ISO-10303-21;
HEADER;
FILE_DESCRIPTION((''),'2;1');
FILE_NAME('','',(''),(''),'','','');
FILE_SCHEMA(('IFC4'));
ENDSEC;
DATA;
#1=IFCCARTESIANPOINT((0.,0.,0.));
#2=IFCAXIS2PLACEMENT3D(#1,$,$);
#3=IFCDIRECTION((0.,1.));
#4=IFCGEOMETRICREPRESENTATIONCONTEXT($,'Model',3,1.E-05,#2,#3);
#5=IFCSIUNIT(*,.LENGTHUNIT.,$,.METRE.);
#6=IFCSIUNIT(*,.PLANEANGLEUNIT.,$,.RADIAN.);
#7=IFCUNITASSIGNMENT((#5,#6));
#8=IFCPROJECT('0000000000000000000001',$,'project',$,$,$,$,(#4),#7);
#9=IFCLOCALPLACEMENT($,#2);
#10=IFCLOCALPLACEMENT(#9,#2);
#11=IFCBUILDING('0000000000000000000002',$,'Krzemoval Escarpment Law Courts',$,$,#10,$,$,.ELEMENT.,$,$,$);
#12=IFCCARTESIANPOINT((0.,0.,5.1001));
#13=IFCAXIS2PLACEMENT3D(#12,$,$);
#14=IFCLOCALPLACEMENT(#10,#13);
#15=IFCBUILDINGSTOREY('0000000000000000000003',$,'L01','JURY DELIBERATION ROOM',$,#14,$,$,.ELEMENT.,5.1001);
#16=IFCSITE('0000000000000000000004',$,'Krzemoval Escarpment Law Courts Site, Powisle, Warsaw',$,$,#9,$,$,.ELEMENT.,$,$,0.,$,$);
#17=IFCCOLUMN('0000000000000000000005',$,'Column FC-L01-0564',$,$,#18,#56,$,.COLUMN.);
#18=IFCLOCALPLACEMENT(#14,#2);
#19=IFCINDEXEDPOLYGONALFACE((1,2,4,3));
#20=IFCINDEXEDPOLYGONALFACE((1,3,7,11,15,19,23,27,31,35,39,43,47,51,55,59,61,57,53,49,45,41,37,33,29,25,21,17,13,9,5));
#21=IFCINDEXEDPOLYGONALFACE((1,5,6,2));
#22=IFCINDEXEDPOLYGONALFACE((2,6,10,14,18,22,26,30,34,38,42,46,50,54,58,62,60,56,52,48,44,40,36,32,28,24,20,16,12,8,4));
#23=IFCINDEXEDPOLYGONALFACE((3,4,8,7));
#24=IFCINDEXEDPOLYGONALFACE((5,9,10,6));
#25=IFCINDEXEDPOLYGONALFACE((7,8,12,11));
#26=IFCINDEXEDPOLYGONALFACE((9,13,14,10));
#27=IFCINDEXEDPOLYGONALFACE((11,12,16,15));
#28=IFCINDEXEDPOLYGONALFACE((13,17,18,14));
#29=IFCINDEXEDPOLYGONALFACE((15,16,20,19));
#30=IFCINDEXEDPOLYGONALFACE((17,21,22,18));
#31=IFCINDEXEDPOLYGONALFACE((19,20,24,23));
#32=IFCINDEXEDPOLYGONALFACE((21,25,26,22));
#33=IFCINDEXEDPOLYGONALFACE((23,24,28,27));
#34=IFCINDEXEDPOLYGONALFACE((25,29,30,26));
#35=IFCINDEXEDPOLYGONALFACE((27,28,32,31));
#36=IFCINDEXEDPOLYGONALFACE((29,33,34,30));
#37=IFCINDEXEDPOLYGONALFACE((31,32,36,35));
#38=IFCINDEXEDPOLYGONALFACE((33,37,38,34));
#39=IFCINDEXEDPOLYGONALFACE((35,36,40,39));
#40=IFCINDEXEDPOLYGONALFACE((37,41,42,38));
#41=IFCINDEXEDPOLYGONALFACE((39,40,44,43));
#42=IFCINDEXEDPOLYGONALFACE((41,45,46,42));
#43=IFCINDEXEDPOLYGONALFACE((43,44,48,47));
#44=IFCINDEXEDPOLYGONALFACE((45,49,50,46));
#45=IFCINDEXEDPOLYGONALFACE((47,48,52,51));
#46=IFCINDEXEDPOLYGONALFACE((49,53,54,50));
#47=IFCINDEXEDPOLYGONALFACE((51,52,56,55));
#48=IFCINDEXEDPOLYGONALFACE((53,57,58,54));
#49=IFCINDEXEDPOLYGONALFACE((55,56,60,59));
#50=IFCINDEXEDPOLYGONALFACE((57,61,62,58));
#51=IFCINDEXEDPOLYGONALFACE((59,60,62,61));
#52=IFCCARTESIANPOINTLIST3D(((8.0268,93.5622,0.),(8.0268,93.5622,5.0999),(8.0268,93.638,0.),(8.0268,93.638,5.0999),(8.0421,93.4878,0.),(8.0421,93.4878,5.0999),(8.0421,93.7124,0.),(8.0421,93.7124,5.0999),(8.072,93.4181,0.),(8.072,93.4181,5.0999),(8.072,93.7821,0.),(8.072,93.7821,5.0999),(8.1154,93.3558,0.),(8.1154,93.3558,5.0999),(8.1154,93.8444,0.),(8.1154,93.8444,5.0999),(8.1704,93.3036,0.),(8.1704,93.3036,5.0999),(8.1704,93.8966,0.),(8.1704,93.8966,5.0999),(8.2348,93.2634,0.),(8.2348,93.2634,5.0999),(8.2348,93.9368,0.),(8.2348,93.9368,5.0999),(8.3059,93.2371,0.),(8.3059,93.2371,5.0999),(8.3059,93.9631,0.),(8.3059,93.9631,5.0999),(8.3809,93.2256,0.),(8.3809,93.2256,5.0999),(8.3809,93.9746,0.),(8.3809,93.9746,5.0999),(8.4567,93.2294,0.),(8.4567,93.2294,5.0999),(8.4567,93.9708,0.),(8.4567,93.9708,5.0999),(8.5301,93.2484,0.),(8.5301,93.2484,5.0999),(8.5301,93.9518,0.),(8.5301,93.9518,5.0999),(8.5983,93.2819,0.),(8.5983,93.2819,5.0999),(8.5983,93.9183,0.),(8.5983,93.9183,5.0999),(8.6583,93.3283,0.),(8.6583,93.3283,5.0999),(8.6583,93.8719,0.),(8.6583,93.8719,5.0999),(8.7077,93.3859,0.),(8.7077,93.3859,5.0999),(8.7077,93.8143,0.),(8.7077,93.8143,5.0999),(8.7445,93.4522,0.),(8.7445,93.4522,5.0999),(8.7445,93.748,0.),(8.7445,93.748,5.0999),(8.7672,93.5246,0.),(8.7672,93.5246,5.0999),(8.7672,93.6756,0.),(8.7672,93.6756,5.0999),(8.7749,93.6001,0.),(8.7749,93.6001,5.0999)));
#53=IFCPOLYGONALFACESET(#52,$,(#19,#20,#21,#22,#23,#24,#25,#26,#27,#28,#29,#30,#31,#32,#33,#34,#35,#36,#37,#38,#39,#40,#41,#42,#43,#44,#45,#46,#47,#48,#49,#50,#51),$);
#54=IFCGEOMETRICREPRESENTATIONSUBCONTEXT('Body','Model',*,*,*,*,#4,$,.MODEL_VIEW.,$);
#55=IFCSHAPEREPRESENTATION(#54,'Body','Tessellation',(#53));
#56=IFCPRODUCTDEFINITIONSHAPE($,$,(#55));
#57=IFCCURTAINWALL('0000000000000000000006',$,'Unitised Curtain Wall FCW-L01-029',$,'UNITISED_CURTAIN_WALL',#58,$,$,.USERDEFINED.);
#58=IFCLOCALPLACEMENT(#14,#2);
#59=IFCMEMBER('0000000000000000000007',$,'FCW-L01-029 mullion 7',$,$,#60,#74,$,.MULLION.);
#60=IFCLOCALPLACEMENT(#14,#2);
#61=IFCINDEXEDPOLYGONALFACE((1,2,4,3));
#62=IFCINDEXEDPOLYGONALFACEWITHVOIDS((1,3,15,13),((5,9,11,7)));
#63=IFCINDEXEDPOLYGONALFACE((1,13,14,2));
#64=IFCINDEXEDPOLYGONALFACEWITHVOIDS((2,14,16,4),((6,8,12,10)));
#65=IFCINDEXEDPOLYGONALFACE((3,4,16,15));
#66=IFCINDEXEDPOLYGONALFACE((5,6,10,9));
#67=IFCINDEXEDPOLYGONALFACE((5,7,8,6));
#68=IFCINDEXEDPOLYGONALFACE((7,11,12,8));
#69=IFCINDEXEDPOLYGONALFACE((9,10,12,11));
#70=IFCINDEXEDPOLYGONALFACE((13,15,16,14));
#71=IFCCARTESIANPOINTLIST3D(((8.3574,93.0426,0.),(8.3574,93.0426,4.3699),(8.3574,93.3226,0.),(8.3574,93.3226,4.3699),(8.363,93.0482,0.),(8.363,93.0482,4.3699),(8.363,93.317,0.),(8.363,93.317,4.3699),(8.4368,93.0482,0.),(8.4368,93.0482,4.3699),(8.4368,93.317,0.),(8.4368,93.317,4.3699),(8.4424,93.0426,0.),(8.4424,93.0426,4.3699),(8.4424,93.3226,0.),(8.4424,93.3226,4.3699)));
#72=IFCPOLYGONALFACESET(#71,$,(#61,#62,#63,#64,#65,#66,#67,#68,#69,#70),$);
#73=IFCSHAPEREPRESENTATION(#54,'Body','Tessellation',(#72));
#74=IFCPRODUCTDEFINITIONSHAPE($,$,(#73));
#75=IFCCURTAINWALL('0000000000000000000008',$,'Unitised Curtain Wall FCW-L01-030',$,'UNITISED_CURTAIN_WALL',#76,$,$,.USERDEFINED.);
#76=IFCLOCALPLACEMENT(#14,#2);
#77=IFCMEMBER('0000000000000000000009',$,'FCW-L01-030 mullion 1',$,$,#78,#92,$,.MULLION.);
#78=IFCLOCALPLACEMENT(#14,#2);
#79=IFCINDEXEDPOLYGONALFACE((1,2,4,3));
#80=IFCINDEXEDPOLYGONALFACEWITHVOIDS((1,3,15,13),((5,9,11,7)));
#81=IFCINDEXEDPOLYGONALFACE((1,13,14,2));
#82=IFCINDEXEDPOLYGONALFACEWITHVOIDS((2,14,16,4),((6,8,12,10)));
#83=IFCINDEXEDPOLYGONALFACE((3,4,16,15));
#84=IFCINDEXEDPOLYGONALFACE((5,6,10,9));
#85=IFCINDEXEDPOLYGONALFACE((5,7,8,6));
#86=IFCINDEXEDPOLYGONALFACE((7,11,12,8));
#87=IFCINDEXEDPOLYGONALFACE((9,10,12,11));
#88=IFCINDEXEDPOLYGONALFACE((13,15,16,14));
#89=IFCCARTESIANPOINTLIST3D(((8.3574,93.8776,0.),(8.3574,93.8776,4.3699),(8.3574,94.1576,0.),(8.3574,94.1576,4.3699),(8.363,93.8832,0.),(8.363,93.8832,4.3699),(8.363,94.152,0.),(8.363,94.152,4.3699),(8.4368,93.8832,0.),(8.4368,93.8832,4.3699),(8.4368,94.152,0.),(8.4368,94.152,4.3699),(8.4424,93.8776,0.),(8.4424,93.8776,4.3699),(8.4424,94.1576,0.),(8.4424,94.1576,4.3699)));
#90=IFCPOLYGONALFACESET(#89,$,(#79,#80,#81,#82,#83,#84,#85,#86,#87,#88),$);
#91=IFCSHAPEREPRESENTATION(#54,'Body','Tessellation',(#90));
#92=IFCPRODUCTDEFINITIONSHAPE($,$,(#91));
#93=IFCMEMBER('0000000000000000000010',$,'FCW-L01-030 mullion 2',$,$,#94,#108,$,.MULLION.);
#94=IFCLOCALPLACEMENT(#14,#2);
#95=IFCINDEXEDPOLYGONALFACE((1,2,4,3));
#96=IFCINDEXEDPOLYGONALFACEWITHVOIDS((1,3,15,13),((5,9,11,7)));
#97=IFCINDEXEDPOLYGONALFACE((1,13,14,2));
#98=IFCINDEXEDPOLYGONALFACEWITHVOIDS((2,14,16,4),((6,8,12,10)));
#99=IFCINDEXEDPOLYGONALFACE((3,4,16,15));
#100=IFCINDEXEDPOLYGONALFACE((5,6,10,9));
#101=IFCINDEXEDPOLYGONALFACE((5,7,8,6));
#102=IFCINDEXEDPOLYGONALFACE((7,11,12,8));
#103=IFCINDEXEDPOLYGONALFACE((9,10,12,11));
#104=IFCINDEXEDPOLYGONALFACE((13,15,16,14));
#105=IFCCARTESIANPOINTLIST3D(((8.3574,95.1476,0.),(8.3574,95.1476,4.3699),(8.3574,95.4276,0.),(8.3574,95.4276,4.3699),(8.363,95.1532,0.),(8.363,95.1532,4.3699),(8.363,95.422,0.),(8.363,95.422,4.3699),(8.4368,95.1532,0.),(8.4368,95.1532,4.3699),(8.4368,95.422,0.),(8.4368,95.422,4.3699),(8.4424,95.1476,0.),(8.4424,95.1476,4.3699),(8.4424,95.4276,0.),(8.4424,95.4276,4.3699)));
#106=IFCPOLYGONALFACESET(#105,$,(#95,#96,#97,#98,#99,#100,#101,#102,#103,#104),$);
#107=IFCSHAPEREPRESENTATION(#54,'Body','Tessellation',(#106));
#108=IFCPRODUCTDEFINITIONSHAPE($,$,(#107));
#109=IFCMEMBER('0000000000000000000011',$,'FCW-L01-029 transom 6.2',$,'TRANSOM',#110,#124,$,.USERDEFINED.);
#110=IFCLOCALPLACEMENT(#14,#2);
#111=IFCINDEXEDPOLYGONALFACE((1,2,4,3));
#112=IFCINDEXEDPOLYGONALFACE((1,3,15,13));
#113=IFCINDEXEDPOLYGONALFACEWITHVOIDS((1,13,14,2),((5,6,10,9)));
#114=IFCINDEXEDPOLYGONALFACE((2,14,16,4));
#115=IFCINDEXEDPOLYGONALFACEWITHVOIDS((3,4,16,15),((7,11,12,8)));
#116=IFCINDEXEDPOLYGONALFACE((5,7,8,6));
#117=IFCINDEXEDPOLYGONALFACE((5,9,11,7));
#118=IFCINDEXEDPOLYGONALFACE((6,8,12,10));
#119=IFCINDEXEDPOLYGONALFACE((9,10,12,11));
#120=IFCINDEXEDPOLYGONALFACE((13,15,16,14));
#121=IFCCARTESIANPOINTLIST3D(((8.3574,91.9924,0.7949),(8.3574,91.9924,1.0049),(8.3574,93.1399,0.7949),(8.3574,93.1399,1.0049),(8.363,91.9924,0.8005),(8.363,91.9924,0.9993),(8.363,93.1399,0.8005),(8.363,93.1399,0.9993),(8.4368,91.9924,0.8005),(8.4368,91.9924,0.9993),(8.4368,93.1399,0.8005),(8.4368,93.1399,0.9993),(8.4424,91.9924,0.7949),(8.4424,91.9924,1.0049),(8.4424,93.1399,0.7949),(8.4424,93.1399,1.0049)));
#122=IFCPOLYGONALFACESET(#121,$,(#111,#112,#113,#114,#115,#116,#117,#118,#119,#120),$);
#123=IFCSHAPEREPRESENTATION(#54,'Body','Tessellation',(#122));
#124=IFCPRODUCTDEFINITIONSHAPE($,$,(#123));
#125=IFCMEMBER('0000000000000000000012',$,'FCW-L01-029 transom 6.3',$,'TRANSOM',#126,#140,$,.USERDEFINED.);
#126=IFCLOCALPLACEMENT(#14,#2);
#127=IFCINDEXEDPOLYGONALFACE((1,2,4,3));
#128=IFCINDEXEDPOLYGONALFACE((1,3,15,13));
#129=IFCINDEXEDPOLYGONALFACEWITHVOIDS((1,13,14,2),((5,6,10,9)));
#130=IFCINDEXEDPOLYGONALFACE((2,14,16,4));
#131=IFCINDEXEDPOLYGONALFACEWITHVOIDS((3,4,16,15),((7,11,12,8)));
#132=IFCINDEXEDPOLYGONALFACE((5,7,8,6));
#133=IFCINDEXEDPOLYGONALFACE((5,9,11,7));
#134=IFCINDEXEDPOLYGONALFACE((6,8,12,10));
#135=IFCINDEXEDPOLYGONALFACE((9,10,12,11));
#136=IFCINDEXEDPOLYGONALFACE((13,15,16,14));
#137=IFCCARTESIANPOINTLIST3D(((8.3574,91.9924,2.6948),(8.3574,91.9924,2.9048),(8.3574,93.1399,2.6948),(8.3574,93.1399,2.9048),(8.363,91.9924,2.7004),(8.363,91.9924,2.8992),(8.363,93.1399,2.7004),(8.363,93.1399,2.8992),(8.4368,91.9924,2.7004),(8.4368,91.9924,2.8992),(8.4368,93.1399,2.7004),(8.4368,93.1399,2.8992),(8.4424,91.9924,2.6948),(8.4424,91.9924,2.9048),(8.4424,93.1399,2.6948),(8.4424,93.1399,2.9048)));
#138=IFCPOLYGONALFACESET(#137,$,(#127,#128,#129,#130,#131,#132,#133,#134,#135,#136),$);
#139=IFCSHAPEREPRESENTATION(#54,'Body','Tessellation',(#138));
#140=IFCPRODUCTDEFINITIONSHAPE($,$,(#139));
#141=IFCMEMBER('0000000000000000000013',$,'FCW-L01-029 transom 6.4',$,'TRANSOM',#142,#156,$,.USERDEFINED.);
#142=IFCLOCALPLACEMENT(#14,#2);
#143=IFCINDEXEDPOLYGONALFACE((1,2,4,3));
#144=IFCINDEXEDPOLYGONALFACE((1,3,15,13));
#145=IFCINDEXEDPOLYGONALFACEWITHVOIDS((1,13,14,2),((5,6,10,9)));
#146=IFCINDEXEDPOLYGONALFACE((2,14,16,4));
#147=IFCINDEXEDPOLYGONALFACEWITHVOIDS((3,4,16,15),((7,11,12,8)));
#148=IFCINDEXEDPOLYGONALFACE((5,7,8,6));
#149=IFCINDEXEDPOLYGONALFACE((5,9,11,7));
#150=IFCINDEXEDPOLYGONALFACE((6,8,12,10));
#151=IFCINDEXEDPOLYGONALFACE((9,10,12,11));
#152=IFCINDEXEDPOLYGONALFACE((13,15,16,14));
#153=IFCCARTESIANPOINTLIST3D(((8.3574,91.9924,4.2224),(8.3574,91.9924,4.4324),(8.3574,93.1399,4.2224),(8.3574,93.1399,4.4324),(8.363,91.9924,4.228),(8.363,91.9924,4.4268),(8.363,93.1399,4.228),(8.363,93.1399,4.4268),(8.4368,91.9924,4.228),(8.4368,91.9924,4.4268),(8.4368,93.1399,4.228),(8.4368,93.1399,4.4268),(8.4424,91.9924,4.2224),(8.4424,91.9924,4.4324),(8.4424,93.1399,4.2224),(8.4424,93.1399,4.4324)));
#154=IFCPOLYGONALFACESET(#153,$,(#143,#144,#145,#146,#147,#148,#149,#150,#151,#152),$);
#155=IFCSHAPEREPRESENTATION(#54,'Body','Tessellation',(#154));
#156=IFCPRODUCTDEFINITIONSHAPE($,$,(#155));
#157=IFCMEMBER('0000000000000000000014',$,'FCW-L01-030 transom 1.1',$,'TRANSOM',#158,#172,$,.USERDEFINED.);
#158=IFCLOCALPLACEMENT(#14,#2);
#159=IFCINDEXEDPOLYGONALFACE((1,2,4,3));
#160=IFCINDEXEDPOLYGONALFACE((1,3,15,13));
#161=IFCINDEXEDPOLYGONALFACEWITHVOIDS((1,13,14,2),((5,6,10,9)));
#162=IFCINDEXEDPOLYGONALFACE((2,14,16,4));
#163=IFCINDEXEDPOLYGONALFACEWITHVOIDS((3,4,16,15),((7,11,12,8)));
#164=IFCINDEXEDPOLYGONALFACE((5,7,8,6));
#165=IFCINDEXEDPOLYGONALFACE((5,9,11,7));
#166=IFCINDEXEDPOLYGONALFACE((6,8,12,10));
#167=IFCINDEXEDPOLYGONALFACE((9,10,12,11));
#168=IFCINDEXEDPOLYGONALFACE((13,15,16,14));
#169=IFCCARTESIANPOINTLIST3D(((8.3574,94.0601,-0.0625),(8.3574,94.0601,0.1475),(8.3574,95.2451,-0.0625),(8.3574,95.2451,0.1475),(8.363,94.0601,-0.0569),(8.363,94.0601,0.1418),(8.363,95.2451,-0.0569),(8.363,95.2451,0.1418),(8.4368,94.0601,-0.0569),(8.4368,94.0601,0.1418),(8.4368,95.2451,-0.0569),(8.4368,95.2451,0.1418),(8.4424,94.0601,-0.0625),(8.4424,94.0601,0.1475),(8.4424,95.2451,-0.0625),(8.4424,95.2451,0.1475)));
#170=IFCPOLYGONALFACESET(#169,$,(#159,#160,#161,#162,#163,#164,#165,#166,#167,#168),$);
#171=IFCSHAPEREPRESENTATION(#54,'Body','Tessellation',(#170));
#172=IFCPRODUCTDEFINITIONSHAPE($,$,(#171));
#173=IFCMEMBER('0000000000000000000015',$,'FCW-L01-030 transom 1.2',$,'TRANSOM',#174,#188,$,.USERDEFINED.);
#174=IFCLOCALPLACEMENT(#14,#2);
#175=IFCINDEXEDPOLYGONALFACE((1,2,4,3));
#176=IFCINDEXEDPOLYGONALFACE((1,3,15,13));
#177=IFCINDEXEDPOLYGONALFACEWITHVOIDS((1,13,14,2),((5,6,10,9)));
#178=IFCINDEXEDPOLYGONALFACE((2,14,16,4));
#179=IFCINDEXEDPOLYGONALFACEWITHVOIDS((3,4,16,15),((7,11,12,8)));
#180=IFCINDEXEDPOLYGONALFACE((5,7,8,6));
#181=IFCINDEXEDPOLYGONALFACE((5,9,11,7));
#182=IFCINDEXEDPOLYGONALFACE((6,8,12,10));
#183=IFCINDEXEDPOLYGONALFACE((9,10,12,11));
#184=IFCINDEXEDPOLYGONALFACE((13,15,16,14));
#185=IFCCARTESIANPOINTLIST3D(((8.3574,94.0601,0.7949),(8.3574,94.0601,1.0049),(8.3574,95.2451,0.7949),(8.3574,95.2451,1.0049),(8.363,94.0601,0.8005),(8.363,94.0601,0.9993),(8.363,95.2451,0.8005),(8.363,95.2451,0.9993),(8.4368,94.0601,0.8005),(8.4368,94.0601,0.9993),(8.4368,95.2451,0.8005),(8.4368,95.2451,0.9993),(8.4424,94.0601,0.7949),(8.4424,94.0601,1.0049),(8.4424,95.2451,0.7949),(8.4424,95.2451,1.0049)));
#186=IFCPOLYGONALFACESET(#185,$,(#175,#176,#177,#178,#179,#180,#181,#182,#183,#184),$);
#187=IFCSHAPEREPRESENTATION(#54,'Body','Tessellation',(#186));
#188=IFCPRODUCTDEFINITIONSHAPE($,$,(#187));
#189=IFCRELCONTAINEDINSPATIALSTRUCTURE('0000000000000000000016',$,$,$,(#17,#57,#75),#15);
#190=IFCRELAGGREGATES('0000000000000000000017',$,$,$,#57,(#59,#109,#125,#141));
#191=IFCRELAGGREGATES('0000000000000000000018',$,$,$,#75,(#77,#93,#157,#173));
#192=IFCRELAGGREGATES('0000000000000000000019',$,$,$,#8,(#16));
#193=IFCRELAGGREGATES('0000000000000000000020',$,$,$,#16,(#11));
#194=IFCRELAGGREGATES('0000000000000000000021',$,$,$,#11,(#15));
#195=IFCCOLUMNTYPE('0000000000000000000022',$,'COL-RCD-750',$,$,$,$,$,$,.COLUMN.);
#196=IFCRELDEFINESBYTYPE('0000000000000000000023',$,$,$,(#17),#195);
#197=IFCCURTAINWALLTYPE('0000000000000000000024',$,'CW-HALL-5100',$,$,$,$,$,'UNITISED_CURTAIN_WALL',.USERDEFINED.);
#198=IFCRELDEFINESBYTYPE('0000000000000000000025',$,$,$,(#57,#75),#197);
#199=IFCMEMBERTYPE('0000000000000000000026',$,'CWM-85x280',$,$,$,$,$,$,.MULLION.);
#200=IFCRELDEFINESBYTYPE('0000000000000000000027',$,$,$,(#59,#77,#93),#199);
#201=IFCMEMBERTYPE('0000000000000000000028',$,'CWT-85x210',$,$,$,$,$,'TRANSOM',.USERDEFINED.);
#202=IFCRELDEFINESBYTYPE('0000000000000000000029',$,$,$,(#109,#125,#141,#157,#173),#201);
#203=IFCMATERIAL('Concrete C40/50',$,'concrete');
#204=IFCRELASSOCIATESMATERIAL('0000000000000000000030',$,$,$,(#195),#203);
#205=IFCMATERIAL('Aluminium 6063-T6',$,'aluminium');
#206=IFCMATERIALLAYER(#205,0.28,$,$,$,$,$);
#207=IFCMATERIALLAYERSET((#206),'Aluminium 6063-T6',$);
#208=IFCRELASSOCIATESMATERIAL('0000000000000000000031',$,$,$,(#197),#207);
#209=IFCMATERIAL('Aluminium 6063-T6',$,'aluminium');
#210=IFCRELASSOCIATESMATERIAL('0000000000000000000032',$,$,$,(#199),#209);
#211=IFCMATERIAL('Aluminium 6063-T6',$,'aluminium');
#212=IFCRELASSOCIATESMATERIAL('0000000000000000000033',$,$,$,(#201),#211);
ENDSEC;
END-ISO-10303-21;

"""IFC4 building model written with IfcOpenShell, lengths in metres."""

from ifc_helpers import new_model, si_unit, direction, frame, origin, origin_2d, place, context, subcontext, project, spatial, hollow_rectangle, circle, extrude, material, layer, layer_set, material_profile, profile_set, type_object, element, aggregate, save


model = new_model("IFC4")

# Units and contexts
model_context = context("Model", 3, precision=1e-05, world=origin(), true_north=direction((0.0, 1.0)))
body_context = subcontext(model_context, "Body", "Model", "MODEL_VIEW")
ifc_project = project(units=[si_unit("LENGTHUNIT", "METRE"), si_unit("PLANEANGLEUNIT", "RADIAN")], contexts=[model_context])

# Site, building, storey
site_placement = place(None, origin())
site = spatial("IfcSite", under=ifc_project, at=site_placement, Name="Krzemoval Escarpment Law Courts Site, Powisle, Warsaw", CompositionType="ELEMENT", RefElevation=0.0)
building_placement = place(site_placement, origin())
building = spatial("IfcBuilding", under=site, at=building_placement, Name="Krzemoval Escarpment Law Courts", CompositionType="ELEMENT")
storey_placement = place(building_placement, frame((0.0, 0.0, 5.1001)))
storey = spatial("IfcBuildingStorey", under=building, at=storey_placement, Name="L01", Description="JURY DELIBERATION ROOM", CompositionType="ELEMENT", Elevation=5.1001)

# Column
ifc_material_1 = material(Name="Concrete C40/50", Category="concrete")
ifc_material_profile_1 = material_profile(ifc_material_1, circle(Radius=0.375, at=origin_2d()), Name="RC D750")
ifc_profile_set_1 = profile_set([ifc_material_profile_1], Name="Concrete C40/50")
column_type = type_object("IfcColumnType", Name="COL-RCD-750", PredefinedType="COLUMN", material=ifc_profile_set_1)
column_placement = place(storey_placement, frame((8.3999, 93.6001, 0.0), z_axis=(0.0, 0.0, 1.0), x_axis=(1.0, 0.0, 0.0)))
element("IfcColumn", 1, at=column_placement, inside=storey, type_object=column_type, Name="Column FC-L01-0564", PredefinedType="COLUMN", context=body_context, shape_type="SweptSolid", body=[
    extrude(circle(Radius=0.375, at=origin_2d()), origin(), (0.0, 0.0, 1.0), 5.0999),
])

# Curtain wall, member
ifc_material_2 = material(Name="Aluminium 6063-T6", Category="aluminium")
ifc_layer_1 = layer(ifc_material_2, 0.28)
ifc_layer_set_1 = layer_set([ifc_layer_1], Name="Aluminium 6063-T6")
curtain_wall_type = type_object("IfcCurtainWallType", Name="CW-HALL-5100", ElementType="UNITISED_CURTAIN_WALL", PredefinedType="USERDEFINED", material=ifc_layer_set_1)
curtain_wall_1_placement = place(storey_placement, origin())
curtain_wall_1 = element("IfcCurtainWall", 2, at=curtain_wall_1_placement, inside=storey, type_object=curtain_wall_type, Name="Unitised Curtain Wall FCW-L01-029", ObjectType="UNITISED_CURTAIN_WALL", PredefinedType="USERDEFINED")
ifc_material_3 = material(Name="Aluminium 6063-T6", Category="aluminium")
ifc_material_profile_2 = material_profile(ifc_material_3, hollow_rectangle(XDim=0.085, YDim=0.28, WallThickness=0.0056, at=origin_2d()), Name="ALU M85x280")
ifc_profile_set_2 = profile_set([ifc_material_profile_2], Name="Aluminium 6063-T6")
member_type_1 = type_object("IfcMemberType", Name="CWM-85x280", PredefinedType="MULLION", material=ifc_profile_set_2)
member_1_placement = place(storey_placement, frame((8.3999, 93.1826, 0.0), z_axis=(0.0, 0.0, 1.0), x_axis=(-1.0, 0.0, 0.0)))
member_1 = element("IfcMember", 3, at=member_1_placement, type_object=member_type_1, Name="FCW-L01-029 mullion 7", PredefinedType="MULLION", context=body_context, shape_type="SweptSolid", body=[
    extrude(hollow_rectangle(XDim=0.085, YDim=0.28, WallThickness=0.0056, at=origin_2d()), origin(), (0.0, 0.0, 1.0), 4.3699),
])

# Curtain wall, members
curtain_wall_2_placement = place(storey_placement, origin())
curtain_wall_2 = element("IfcCurtainWall", 4, at=curtain_wall_2_placement, inside=storey, type_object=curtain_wall_type, Name="Unitised Curtain Wall FCW-L01-030", ObjectType="UNITISED_CURTAIN_WALL", PredefinedType="USERDEFINED")
member_2_placement = place(storey_placement, frame((8.3999, 94.0176, 0.0), z_axis=(0.0, 0.0, 1.0), x_axis=(-1.0, 0.0, 0.0)))
member_2 = element("IfcMember", 5, at=member_2_placement, type_object=member_type_1, Name="FCW-L01-030 mullion 1", PredefinedType="MULLION", context=body_context, shape_type="SweptSolid", body=[
    extrude(hollow_rectangle(XDim=0.085, YDim=0.28, WallThickness=0.0056, at=origin_2d()), origin(), (0.0, 0.0, 1.0), 4.3699),
])
member_3_placement = place(storey_placement, frame((8.3999, 95.2876, 0.0), z_axis=(0.0, 0.0, 1.0), x_axis=(-1.0, 0.0, 0.0)))
member_3 = element("IfcMember", 6, at=member_3_placement, type_object=member_type_1, Name="FCW-L01-030 mullion 2", PredefinedType="MULLION", context=body_context, shape_type="SweptSolid", body=[
    extrude(hollow_rectangle(XDim=0.085, YDim=0.28, WallThickness=0.0056, at=origin_2d()), origin(), (0.0, 0.0, 1.0), 4.3699),
])

# Members
ifc_material_4 = material(Name="Aluminium 6063-T6", Category="aluminium")
ifc_material_profile_3 = material_profile(ifc_material_4, hollow_rectangle(XDim=0.085, YDim=0.21, WallThickness=0.0056, at=origin_2d()), Name="ALU T85x210")
ifc_profile_set_3 = profile_set([ifc_material_profile_3], Name="Aluminium 6063-T6")
member_type_2 = type_object("IfcMemberType", Name="CWT-85x210", ElementType="TRANSOM", PredefinedType="USERDEFINED", material=ifc_profile_set_3)
member_4_placement = place(storey_placement, frame((8.3999, 91.9924, 0.8999), z_axis=(0.0, 1.0, 0.0), x_axis=(-1.0, 0.0, 0.0)))
member_4 = element("IfcMember", 7, at=member_4_placement, type_object=member_type_2, Name="FCW-L01-029 transom 6.2", ObjectType="TRANSOM", PredefinedType="USERDEFINED", context=body_context, shape_type="SweptSolid", body=[
    extrude(hollow_rectangle(XDim=0.085, YDim=0.21, WallThickness=0.0056, at=origin_2d()), origin(), (0.0, 0.0, 1.0), 1.1475),
])
member_5_placement = place(storey_placement, frame((8.3999, 91.9924, 2.7998), z_axis=(0.0, 1.0, 0.0), x_axis=(-1.0, 0.0, 0.0)))
member_5 = element("IfcMember", 8, at=member_5_placement, type_object=member_type_2, Name="FCW-L01-029 transom 6.3", ObjectType="TRANSOM", PredefinedType="USERDEFINED", context=body_context, shape_type="SweptSolid", body=[
    extrude(hollow_rectangle(XDim=0.085, YDim=0.21, WallThickness=0.0056, at=origin_2d()), origin(), (0.0, 0.0, 1.0), 1.1475),
])
member_6_placement = place(storey_placement, frame((8.3999, 91.9924, 4.3274), z_axis=(0.0, 1.0, 0.0), x_axis=(-1.0, 0.0, 0.0)))
member_6 = element("IfcMember", 9, at=member_6_placement, type_object=member_type_2, Name="FCW-L01-029 transom 6.4", ObjectType="TRANSOM", PredefinedType="USERDEFINED", context=body_context, shape_type="SweptSolid", body=[
    extrude(hollow_rectangle(XDim=0.085, YDim=0.21, WallThickness=0.0056, at=origin_2d()), origin(), (0.0, 0.0, 1.0), 1.1475),
])
member_7_placement = place(storey_placement, frame((8.3999, 94.0601, 0.0425), z_axis=(0.0, 1.0, 0.0), x_axis=(-1.0, 0.0, 0.0)))
member_7 = element("IfcMember", 10, at=member_7_placement, type_object=member_type_2, Name="FCW-L01-030 transom 1.1", ObjectType="TRANSOM", PredefinedType="USERDEFINED", context=body_context, shape_type="SweptSolid", body=[
    extrude(hollow_rectangle(XDim=0.085, YDim=0.21, WallThickness=0.0056, at=origin_2d()), origin(), (0.0, 0.0, 1.0), 1.1851),
])
member_8_placement = place(storey_placement, frame((8.3999, 94.0601, 0.8999), z_axis=(0.0, 1.0, 0.0), x_axis=(-1.0, 0.0, 0.0)))
member_8 = element("IfcMember", 11, at=member_8_placement, type_object=member_type_2, Name="FCW-L01-030 transom 1.2", ObjectType="TRANSOM", PredefinedType="USERDEFINED", context=body_context, shape_type="SweptSolid", body=[
    extrude(hollow_rectangle(XDim=0.085, YDim=0.21, WallThickness=0.0056, at=origin_2d()), origin(), (0.0, 0.0, 1.0), 1.1851),
])

aggregate(curtain_wall_1, [member_1, member_4, member_5, member_6])
aggregate(curtain_wall_2, [member_2, member_3, member_7, member_8])

save(model, "model.ifc")
